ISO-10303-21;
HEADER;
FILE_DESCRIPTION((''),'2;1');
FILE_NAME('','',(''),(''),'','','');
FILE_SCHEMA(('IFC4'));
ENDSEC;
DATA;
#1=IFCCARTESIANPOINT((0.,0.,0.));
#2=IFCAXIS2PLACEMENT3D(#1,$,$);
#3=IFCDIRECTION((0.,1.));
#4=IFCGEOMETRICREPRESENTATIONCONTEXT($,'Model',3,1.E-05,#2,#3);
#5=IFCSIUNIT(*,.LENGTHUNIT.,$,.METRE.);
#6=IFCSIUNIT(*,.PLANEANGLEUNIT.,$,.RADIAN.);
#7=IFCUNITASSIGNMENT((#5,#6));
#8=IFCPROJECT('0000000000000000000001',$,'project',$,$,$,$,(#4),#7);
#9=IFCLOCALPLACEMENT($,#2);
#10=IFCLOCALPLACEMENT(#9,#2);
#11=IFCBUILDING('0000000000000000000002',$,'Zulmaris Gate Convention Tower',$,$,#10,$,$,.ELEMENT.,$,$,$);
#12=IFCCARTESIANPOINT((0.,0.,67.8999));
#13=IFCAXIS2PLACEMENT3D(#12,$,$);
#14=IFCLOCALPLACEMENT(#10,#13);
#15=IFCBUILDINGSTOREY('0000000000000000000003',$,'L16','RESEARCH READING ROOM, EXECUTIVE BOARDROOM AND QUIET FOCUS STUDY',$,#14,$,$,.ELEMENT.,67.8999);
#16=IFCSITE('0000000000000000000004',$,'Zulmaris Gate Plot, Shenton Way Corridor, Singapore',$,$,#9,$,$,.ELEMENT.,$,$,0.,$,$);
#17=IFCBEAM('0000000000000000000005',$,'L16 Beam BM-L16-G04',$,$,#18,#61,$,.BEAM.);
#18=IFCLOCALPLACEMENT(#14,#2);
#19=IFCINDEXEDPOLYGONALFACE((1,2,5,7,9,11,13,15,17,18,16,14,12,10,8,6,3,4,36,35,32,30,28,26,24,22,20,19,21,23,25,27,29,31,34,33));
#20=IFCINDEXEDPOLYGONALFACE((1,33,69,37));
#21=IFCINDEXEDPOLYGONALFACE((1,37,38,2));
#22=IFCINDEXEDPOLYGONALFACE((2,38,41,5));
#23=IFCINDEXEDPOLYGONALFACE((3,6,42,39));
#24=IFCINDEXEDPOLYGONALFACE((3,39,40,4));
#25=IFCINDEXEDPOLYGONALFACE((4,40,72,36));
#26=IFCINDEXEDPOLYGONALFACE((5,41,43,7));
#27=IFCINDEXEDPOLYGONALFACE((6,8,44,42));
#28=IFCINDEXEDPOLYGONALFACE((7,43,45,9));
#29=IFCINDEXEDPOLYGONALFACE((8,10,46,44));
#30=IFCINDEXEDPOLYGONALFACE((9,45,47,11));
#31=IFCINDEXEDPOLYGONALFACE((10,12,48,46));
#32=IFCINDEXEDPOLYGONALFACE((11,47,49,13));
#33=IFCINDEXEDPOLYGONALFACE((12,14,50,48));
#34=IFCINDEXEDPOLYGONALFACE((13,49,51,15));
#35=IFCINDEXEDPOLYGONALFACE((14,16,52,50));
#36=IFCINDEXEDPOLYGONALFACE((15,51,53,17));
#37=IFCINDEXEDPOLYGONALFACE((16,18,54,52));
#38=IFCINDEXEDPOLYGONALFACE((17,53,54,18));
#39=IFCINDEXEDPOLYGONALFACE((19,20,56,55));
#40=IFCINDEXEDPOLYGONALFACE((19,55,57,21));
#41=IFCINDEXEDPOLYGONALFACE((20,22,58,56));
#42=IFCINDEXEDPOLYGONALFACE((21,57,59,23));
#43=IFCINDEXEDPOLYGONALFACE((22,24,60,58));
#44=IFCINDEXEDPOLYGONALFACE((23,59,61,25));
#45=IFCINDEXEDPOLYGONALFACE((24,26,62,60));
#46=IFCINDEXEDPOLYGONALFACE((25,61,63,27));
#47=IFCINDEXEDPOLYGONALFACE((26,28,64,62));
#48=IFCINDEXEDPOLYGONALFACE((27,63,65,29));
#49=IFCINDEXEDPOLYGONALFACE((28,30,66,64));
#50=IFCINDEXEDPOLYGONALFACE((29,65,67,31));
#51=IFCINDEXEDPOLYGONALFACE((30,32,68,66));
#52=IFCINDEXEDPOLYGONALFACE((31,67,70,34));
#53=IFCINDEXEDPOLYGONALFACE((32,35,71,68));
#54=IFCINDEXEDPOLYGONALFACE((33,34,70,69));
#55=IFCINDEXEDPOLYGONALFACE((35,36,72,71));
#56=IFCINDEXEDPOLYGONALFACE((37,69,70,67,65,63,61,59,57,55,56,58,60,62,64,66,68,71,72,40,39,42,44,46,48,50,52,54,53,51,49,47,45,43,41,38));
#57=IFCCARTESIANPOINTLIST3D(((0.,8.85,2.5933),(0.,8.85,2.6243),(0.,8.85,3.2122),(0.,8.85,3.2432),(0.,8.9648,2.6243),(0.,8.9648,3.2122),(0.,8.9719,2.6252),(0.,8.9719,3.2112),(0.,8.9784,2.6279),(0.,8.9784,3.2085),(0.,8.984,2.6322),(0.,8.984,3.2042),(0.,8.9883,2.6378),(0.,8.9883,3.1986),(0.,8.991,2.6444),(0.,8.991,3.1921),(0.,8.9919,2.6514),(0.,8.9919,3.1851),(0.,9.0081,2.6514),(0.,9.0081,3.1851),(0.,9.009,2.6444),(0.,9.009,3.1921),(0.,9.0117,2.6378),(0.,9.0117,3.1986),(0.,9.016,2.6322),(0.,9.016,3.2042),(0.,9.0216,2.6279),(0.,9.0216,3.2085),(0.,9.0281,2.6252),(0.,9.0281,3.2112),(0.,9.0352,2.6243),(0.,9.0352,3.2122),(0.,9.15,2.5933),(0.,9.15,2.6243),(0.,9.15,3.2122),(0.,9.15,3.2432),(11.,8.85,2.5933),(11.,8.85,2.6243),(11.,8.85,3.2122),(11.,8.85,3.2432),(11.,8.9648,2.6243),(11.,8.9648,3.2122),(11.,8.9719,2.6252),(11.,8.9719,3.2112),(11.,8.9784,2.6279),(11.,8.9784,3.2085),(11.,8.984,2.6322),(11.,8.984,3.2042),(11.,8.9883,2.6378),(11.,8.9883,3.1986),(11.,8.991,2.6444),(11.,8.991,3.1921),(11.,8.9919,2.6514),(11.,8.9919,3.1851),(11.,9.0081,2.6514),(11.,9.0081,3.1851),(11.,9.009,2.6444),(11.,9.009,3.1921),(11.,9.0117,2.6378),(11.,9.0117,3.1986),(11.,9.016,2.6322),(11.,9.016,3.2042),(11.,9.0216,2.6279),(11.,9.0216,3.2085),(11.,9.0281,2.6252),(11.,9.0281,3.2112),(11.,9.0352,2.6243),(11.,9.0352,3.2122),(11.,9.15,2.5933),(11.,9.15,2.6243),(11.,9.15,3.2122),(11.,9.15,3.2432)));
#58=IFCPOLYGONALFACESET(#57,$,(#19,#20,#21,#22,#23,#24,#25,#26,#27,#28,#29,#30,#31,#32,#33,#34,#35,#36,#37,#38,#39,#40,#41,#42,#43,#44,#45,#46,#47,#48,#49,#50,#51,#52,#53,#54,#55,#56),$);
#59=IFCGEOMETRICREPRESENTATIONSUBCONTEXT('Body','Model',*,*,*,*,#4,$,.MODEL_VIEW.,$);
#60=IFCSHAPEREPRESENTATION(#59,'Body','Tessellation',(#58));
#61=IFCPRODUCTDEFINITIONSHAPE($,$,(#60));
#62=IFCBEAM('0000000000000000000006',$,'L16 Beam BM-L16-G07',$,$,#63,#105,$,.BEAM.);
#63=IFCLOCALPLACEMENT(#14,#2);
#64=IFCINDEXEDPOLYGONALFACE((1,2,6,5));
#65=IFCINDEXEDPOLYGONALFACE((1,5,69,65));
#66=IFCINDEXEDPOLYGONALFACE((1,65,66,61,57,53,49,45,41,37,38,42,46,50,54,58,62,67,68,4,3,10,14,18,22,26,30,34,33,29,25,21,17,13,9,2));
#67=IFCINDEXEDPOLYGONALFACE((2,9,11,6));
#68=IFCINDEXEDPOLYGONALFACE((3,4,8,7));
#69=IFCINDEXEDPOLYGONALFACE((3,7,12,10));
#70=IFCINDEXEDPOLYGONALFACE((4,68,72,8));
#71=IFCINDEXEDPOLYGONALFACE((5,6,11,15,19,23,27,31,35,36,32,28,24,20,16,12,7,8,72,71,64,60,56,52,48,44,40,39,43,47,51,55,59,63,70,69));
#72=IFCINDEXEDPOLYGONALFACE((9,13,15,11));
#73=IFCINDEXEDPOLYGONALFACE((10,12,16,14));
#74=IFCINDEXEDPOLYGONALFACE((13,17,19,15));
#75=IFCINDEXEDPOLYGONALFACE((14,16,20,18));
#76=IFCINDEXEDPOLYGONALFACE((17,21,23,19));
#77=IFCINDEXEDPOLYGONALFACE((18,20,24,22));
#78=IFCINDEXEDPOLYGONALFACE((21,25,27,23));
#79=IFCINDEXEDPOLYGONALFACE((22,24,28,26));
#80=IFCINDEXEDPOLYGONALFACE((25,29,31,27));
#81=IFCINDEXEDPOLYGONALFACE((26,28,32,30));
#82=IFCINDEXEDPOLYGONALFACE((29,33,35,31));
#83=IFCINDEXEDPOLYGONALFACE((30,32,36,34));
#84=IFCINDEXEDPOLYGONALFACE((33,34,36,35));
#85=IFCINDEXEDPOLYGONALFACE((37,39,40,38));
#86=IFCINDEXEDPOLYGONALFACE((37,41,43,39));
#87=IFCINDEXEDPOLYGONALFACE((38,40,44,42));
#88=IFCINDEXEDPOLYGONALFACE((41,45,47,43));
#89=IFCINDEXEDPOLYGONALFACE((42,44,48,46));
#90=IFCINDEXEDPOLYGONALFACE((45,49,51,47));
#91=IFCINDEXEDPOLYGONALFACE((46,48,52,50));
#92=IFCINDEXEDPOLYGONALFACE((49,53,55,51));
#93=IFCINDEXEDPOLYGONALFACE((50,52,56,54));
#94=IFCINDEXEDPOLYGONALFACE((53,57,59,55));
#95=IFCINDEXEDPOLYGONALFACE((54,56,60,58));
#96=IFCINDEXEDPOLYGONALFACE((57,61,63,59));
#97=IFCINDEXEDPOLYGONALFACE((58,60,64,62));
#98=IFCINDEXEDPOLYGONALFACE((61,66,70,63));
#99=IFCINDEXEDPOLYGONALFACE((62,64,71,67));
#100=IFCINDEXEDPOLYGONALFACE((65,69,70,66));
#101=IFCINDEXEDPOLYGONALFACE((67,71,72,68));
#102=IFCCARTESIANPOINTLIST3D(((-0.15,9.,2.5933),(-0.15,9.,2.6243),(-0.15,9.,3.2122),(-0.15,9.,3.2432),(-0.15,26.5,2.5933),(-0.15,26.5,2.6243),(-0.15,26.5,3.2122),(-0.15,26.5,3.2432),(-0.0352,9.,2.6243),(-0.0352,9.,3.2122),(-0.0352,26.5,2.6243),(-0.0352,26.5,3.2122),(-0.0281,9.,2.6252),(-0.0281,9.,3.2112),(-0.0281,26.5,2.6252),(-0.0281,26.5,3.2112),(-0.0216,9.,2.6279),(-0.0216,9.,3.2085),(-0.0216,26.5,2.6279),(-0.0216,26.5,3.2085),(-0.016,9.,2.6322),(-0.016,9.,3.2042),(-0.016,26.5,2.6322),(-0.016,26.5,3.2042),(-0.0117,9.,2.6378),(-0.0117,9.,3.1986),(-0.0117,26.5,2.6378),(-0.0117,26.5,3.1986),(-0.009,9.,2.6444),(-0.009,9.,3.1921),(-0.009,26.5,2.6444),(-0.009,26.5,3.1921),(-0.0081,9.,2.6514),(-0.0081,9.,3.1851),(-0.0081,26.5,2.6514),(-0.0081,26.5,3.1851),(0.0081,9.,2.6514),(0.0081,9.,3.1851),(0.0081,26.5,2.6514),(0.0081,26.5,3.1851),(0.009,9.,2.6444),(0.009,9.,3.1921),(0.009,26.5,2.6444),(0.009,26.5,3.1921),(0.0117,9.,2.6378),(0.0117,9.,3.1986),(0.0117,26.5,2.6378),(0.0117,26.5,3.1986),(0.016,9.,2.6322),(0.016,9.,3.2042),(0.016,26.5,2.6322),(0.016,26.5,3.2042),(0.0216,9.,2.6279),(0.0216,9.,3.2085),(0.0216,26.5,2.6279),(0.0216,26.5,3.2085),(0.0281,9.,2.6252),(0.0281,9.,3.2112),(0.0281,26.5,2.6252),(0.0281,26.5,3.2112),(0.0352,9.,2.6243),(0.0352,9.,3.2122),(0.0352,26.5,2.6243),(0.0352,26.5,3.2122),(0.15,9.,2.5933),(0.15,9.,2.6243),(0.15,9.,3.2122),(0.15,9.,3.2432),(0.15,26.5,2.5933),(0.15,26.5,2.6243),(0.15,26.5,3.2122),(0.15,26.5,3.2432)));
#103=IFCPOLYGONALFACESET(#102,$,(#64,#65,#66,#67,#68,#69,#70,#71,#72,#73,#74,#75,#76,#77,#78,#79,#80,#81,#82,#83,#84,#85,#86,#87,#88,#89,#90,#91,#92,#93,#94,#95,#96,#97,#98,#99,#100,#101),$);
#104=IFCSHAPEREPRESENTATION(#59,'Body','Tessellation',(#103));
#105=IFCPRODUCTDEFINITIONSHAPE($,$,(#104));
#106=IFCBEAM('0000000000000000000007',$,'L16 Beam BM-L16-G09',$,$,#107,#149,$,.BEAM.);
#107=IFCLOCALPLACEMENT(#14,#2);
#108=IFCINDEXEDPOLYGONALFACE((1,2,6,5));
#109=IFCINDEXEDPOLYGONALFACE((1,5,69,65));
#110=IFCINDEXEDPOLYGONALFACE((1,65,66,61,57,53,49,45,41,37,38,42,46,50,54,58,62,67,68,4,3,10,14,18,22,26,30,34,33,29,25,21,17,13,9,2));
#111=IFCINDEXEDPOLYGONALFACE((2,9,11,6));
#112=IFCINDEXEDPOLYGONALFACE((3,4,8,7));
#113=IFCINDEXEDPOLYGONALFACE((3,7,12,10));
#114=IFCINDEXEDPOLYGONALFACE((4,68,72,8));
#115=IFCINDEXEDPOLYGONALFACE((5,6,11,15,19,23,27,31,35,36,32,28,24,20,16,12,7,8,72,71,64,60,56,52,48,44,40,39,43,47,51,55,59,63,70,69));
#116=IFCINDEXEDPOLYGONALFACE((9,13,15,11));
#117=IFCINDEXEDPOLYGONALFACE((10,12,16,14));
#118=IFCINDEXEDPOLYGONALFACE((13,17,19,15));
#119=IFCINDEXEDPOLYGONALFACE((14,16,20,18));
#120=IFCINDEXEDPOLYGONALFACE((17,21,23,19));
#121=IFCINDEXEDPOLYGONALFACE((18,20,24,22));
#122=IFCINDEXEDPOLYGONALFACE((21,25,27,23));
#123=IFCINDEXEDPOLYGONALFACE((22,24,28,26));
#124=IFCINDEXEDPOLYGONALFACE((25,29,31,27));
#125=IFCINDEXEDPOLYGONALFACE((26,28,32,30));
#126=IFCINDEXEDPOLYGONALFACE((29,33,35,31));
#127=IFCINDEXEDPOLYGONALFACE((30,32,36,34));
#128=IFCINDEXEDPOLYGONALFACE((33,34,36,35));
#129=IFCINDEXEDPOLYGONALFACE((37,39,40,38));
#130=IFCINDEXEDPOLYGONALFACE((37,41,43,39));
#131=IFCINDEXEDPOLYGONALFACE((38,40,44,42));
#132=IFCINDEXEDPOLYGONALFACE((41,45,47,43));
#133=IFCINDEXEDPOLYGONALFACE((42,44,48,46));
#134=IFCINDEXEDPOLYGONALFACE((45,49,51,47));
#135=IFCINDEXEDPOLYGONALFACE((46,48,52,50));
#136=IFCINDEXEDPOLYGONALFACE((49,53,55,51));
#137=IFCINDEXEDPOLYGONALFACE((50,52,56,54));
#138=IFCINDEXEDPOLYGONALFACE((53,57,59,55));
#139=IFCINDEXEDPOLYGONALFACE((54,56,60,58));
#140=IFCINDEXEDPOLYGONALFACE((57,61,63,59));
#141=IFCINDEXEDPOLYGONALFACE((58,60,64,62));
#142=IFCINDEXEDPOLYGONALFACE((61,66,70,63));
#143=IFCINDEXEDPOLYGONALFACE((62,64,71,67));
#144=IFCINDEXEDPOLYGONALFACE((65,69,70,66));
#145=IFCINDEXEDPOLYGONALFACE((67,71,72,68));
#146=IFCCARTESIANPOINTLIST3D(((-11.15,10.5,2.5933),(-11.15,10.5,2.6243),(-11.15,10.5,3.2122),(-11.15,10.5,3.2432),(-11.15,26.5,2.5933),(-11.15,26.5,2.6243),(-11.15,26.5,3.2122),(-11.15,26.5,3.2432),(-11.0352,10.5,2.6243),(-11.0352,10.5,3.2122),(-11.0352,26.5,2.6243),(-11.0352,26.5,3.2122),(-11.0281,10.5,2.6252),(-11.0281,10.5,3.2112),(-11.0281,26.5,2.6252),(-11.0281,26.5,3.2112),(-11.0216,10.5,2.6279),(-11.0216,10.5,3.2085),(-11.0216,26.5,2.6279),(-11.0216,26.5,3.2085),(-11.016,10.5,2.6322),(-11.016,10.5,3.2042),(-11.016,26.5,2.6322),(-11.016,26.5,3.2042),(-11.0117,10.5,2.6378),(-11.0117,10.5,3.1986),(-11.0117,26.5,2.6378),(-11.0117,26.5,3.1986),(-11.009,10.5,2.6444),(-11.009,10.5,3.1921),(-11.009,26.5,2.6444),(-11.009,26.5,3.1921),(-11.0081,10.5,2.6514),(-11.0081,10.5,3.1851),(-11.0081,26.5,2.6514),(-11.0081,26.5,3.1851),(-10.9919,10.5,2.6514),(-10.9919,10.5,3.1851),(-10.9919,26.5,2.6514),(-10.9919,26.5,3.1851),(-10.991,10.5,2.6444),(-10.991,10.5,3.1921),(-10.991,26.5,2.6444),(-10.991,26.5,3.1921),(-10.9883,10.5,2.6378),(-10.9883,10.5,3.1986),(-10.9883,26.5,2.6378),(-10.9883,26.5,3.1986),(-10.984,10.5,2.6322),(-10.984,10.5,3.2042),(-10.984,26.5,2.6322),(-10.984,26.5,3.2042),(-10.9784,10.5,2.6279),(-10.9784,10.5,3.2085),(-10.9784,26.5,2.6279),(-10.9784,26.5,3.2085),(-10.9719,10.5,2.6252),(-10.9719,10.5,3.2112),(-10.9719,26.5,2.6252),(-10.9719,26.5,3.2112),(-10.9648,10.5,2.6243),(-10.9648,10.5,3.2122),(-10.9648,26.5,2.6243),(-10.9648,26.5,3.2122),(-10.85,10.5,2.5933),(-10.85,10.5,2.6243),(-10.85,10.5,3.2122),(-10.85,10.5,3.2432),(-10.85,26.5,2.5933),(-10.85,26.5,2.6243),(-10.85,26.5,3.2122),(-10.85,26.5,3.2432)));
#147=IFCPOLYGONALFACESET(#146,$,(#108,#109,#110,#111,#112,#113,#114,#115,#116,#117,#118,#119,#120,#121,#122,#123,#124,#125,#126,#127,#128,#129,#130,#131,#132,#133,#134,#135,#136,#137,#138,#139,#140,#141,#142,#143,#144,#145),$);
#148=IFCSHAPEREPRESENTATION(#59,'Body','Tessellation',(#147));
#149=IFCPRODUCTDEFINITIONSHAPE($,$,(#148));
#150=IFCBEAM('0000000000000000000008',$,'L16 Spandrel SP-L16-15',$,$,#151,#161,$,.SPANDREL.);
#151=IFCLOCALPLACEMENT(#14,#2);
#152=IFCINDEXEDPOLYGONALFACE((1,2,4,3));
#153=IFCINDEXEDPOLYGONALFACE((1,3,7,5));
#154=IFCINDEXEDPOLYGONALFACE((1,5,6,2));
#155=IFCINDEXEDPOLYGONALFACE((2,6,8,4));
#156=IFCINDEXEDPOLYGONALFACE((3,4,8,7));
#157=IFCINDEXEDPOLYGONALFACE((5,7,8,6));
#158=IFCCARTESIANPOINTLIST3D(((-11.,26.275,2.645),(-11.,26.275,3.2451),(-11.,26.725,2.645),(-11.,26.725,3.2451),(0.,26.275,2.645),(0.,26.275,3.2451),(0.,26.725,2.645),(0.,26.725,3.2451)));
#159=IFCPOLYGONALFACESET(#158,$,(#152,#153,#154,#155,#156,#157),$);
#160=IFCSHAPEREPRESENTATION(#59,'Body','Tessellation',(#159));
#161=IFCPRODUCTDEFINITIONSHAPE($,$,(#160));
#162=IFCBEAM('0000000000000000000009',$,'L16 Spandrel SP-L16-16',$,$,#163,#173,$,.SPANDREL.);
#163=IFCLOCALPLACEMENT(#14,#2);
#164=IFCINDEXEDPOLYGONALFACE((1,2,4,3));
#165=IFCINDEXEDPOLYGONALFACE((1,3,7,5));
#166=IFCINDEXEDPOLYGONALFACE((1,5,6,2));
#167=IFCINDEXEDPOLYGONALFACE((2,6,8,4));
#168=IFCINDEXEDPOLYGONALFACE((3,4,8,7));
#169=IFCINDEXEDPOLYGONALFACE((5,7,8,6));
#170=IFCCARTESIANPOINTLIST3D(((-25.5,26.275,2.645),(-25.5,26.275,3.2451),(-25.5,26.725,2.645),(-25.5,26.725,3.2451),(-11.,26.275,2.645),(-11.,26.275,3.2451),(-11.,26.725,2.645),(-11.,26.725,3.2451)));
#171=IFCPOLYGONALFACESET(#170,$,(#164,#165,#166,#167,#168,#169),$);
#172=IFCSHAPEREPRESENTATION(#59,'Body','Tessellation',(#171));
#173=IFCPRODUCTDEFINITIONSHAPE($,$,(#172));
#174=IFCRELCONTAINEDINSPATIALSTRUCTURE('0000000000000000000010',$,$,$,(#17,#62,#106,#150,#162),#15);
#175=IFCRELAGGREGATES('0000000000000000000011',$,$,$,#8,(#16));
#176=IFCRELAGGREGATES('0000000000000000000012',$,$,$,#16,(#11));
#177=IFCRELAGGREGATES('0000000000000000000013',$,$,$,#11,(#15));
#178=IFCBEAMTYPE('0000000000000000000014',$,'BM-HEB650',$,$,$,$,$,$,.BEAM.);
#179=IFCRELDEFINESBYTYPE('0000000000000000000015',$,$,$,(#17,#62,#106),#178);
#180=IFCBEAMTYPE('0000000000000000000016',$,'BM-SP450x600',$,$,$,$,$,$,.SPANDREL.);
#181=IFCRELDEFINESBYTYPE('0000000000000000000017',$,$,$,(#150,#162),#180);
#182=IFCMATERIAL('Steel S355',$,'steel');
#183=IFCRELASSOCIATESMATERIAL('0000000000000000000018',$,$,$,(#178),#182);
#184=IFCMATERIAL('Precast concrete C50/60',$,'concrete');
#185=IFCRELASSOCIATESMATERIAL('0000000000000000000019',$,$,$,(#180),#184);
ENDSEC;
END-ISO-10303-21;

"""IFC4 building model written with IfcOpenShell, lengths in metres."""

from ifc_helpers import new_model, si_unit, direction, frame, origin, origin_2d, place, context, subcontext, project, spatial, rectangle, i_section, extrude, material, material_profile, profile_set, type_object, element, save


model = new_model("IFC4")

# Units and contexts
model_context = context("Model", 3, precision=1e-05, world=origin(), true_north=direction((0.0, 1.0)))
body_context = subcontext(model_context, "Body", "Model", "MODEL_VIEW")
ifc_project = project(units=[si_unit("LENGTHUNIT", "METRE"), si_unit("PLANEANGLEUNIT", "RADIAN")], contexts=[model_context])

# Site, building, storey
site_placement = place(None, origin())
site = spatial("IfcSite", under=ifc_project, at=site_placement, Name="Zulmaris Gate Plot, Shenton Way Corridor, Singapore", CompositionType="ELEMENT", RefElevation=0.0)
building_placement = place(site_placement, origin())
building = spatial("IfcBuilding", under=site, at=building_placement, Name="Zulmaris Gate Convention Tower", CompositionType="ELEMENT")
storey_placement = place(building_placement, frame((0.0, 0.0, 67.8999)))
storey = spatial("IfcBuildingStorey", under=building, at=storey_placement, Name="L16", Description="RESEARCH READING ROOM, EXECUTIVE BOARDROOM AND QUIET FOCUS STUDY", CompositionType="ELEMENT", Elevation=67.8999)

# Beams
ifc_material_1 = material(Name="Steel S355", Category="steel")
ifc_material_profile_1 = material_profile(ifc_material_1, i_section(OverallWidth=0.3, OverallDepth=0.6499, WebThickness=0.0161, FlangeThickness=0.031, FilletRadius=0.0271, at=origin_2d()), Name="HEB 650")
ifc_profile_set_1 = profile_set([ifc_material_profile_1], Name="Steel S355")
beam_type_1 = type_object("IfcBeamType", Name="BM-HEB650", PredefinedType="BEAM", material=ifc_profile_set_1)
for number, where, z_axis, x_axis, name in (
    (1, (0.0, 9.0, 2.9182), (1.0, 0.0, 0.0), (0.0, 1.0, 0.0), "L16 Beam BM-L16-G04"),
):
    element("IfcBeam", number, at=place(storey_placement, frame(where, z_axis=z_axis, x_axis=x_axis)), inside=storey, type_object=beam_type_1, Name=name, PredefinedType="BEAM", context=body_context, shape_type="SweptSolid", body=[
        extrude(i_section(OverallWidth=0.3, OverallDepth=0.6499, WebThickness=0.0161, FlangeThickness=0.031, FilletRadius=0.0271, at=origin_2d()), origin(), (0.0, 0.0, 1.0), 11.0),
    ])
beam_1_placement = place(storey_placement, frame((0.0, 9.0, 2.9182), z_axis=(0.0, 1.0, 0.0), x_axis=(-1.0, 0.0, 0.0)))
element("IfcBeam", 2, at=beam_1_placement, inside=storey, type_object=beam_type_1, Name="L16 Beam BM-L16-G07", PredefinedType="BEAM", context=body_context, shape_type="SweptSolid", body=[
    extrude(i_section(OverallWidth=0.3, OverallDepth=0.6499, WebThickness=0.0161, FlangeThickness=0.031, FilletRadius=0.0271, at=origin_2d()), origin(), (0.0, 0.0, 1.0), 17.5),
])
beam_2_placement = place(storey_placement, frame((-11.0, 10.5, 2.9182), z_axis=(0.0, 1.0, 0.0), x_axis=(-1.0, 0.0, 0.0)))
element("IfcBeam", 3, at=beam_2_placement, inside=storey, type_object=beam_type_1, Name="L16 Beam BM-L16-G09", PredefinedType="BEAM", context=body_context, shape_type="SweptSolid", body=[
    extrude(i_section(OverallWidth=0.3, OverallDepth=0.6499, WebThickness=0.0161, FlangeThickness=0.031, FilletRadius=0.0271, at=origin_2d()), origin(), (0.0, 0.0, 1.0), 16.0),
])
ifc_material_2 = material(Name="Precast concrete C50/60", Category="concrete")
ifc_material_profile_2 = material_profile(ifc_material_2, rectangle(XDim=0.45, YDim=0.6001, at=origin_2d()), Name="RC SPANDREL 450x600")
ifc_profile_set_2 = profile_set([ifc_material_profile_2], Name="Precast concrete C50/60")
beam_type_2 = type_object("IfcBeamType", Name="BM-SP450x600", PredefinedType="SPANDREL", material=ifc_profile_set_2)
beam_3_placement = place(storey_placement, frame((0.0, 26.5, 2.9451), z_axis=(-1.0, 0.0, 0.0), x_axis=(0.0, -1.0, 0.0)))
element("IfcBeam", 4, at=beam_3_placement, inside=storey, type_object=beam_type_2, Name="L16 Spandrel SP-L16-15", PredefinedType="SPANDREL", context=body_context, shape_type="SweptSolid", body=[
    extrude(rectangle(XDim=0.45, YDim=0.6001, at=origin_2d()), origin(), (0.0, 0.0, 1.0), 11.0),
])
beam_4_placement = place(storey_placement, frame((-11.0, 26.5, 2.9451), z_axis=(-1.0, 0.0, 0.0), x_axis=(0.0, -1.0, 0.0)))
element("IfcBeam", 5, at=beam_4_placement, inside=storey, type_object=beam_type_2, Name="L16 Spandrel SP-L16-16", PredefinedType="SPANDREL", context=body_context, shape_type="SweptSolid", body=[
    extrude(rectangle(XDim=0.45, YDim=0.6001, at=origin_2d()), origin(), (0.0, 0.0, 1.0), 14.5),
])

save(model, "model.ifc")
